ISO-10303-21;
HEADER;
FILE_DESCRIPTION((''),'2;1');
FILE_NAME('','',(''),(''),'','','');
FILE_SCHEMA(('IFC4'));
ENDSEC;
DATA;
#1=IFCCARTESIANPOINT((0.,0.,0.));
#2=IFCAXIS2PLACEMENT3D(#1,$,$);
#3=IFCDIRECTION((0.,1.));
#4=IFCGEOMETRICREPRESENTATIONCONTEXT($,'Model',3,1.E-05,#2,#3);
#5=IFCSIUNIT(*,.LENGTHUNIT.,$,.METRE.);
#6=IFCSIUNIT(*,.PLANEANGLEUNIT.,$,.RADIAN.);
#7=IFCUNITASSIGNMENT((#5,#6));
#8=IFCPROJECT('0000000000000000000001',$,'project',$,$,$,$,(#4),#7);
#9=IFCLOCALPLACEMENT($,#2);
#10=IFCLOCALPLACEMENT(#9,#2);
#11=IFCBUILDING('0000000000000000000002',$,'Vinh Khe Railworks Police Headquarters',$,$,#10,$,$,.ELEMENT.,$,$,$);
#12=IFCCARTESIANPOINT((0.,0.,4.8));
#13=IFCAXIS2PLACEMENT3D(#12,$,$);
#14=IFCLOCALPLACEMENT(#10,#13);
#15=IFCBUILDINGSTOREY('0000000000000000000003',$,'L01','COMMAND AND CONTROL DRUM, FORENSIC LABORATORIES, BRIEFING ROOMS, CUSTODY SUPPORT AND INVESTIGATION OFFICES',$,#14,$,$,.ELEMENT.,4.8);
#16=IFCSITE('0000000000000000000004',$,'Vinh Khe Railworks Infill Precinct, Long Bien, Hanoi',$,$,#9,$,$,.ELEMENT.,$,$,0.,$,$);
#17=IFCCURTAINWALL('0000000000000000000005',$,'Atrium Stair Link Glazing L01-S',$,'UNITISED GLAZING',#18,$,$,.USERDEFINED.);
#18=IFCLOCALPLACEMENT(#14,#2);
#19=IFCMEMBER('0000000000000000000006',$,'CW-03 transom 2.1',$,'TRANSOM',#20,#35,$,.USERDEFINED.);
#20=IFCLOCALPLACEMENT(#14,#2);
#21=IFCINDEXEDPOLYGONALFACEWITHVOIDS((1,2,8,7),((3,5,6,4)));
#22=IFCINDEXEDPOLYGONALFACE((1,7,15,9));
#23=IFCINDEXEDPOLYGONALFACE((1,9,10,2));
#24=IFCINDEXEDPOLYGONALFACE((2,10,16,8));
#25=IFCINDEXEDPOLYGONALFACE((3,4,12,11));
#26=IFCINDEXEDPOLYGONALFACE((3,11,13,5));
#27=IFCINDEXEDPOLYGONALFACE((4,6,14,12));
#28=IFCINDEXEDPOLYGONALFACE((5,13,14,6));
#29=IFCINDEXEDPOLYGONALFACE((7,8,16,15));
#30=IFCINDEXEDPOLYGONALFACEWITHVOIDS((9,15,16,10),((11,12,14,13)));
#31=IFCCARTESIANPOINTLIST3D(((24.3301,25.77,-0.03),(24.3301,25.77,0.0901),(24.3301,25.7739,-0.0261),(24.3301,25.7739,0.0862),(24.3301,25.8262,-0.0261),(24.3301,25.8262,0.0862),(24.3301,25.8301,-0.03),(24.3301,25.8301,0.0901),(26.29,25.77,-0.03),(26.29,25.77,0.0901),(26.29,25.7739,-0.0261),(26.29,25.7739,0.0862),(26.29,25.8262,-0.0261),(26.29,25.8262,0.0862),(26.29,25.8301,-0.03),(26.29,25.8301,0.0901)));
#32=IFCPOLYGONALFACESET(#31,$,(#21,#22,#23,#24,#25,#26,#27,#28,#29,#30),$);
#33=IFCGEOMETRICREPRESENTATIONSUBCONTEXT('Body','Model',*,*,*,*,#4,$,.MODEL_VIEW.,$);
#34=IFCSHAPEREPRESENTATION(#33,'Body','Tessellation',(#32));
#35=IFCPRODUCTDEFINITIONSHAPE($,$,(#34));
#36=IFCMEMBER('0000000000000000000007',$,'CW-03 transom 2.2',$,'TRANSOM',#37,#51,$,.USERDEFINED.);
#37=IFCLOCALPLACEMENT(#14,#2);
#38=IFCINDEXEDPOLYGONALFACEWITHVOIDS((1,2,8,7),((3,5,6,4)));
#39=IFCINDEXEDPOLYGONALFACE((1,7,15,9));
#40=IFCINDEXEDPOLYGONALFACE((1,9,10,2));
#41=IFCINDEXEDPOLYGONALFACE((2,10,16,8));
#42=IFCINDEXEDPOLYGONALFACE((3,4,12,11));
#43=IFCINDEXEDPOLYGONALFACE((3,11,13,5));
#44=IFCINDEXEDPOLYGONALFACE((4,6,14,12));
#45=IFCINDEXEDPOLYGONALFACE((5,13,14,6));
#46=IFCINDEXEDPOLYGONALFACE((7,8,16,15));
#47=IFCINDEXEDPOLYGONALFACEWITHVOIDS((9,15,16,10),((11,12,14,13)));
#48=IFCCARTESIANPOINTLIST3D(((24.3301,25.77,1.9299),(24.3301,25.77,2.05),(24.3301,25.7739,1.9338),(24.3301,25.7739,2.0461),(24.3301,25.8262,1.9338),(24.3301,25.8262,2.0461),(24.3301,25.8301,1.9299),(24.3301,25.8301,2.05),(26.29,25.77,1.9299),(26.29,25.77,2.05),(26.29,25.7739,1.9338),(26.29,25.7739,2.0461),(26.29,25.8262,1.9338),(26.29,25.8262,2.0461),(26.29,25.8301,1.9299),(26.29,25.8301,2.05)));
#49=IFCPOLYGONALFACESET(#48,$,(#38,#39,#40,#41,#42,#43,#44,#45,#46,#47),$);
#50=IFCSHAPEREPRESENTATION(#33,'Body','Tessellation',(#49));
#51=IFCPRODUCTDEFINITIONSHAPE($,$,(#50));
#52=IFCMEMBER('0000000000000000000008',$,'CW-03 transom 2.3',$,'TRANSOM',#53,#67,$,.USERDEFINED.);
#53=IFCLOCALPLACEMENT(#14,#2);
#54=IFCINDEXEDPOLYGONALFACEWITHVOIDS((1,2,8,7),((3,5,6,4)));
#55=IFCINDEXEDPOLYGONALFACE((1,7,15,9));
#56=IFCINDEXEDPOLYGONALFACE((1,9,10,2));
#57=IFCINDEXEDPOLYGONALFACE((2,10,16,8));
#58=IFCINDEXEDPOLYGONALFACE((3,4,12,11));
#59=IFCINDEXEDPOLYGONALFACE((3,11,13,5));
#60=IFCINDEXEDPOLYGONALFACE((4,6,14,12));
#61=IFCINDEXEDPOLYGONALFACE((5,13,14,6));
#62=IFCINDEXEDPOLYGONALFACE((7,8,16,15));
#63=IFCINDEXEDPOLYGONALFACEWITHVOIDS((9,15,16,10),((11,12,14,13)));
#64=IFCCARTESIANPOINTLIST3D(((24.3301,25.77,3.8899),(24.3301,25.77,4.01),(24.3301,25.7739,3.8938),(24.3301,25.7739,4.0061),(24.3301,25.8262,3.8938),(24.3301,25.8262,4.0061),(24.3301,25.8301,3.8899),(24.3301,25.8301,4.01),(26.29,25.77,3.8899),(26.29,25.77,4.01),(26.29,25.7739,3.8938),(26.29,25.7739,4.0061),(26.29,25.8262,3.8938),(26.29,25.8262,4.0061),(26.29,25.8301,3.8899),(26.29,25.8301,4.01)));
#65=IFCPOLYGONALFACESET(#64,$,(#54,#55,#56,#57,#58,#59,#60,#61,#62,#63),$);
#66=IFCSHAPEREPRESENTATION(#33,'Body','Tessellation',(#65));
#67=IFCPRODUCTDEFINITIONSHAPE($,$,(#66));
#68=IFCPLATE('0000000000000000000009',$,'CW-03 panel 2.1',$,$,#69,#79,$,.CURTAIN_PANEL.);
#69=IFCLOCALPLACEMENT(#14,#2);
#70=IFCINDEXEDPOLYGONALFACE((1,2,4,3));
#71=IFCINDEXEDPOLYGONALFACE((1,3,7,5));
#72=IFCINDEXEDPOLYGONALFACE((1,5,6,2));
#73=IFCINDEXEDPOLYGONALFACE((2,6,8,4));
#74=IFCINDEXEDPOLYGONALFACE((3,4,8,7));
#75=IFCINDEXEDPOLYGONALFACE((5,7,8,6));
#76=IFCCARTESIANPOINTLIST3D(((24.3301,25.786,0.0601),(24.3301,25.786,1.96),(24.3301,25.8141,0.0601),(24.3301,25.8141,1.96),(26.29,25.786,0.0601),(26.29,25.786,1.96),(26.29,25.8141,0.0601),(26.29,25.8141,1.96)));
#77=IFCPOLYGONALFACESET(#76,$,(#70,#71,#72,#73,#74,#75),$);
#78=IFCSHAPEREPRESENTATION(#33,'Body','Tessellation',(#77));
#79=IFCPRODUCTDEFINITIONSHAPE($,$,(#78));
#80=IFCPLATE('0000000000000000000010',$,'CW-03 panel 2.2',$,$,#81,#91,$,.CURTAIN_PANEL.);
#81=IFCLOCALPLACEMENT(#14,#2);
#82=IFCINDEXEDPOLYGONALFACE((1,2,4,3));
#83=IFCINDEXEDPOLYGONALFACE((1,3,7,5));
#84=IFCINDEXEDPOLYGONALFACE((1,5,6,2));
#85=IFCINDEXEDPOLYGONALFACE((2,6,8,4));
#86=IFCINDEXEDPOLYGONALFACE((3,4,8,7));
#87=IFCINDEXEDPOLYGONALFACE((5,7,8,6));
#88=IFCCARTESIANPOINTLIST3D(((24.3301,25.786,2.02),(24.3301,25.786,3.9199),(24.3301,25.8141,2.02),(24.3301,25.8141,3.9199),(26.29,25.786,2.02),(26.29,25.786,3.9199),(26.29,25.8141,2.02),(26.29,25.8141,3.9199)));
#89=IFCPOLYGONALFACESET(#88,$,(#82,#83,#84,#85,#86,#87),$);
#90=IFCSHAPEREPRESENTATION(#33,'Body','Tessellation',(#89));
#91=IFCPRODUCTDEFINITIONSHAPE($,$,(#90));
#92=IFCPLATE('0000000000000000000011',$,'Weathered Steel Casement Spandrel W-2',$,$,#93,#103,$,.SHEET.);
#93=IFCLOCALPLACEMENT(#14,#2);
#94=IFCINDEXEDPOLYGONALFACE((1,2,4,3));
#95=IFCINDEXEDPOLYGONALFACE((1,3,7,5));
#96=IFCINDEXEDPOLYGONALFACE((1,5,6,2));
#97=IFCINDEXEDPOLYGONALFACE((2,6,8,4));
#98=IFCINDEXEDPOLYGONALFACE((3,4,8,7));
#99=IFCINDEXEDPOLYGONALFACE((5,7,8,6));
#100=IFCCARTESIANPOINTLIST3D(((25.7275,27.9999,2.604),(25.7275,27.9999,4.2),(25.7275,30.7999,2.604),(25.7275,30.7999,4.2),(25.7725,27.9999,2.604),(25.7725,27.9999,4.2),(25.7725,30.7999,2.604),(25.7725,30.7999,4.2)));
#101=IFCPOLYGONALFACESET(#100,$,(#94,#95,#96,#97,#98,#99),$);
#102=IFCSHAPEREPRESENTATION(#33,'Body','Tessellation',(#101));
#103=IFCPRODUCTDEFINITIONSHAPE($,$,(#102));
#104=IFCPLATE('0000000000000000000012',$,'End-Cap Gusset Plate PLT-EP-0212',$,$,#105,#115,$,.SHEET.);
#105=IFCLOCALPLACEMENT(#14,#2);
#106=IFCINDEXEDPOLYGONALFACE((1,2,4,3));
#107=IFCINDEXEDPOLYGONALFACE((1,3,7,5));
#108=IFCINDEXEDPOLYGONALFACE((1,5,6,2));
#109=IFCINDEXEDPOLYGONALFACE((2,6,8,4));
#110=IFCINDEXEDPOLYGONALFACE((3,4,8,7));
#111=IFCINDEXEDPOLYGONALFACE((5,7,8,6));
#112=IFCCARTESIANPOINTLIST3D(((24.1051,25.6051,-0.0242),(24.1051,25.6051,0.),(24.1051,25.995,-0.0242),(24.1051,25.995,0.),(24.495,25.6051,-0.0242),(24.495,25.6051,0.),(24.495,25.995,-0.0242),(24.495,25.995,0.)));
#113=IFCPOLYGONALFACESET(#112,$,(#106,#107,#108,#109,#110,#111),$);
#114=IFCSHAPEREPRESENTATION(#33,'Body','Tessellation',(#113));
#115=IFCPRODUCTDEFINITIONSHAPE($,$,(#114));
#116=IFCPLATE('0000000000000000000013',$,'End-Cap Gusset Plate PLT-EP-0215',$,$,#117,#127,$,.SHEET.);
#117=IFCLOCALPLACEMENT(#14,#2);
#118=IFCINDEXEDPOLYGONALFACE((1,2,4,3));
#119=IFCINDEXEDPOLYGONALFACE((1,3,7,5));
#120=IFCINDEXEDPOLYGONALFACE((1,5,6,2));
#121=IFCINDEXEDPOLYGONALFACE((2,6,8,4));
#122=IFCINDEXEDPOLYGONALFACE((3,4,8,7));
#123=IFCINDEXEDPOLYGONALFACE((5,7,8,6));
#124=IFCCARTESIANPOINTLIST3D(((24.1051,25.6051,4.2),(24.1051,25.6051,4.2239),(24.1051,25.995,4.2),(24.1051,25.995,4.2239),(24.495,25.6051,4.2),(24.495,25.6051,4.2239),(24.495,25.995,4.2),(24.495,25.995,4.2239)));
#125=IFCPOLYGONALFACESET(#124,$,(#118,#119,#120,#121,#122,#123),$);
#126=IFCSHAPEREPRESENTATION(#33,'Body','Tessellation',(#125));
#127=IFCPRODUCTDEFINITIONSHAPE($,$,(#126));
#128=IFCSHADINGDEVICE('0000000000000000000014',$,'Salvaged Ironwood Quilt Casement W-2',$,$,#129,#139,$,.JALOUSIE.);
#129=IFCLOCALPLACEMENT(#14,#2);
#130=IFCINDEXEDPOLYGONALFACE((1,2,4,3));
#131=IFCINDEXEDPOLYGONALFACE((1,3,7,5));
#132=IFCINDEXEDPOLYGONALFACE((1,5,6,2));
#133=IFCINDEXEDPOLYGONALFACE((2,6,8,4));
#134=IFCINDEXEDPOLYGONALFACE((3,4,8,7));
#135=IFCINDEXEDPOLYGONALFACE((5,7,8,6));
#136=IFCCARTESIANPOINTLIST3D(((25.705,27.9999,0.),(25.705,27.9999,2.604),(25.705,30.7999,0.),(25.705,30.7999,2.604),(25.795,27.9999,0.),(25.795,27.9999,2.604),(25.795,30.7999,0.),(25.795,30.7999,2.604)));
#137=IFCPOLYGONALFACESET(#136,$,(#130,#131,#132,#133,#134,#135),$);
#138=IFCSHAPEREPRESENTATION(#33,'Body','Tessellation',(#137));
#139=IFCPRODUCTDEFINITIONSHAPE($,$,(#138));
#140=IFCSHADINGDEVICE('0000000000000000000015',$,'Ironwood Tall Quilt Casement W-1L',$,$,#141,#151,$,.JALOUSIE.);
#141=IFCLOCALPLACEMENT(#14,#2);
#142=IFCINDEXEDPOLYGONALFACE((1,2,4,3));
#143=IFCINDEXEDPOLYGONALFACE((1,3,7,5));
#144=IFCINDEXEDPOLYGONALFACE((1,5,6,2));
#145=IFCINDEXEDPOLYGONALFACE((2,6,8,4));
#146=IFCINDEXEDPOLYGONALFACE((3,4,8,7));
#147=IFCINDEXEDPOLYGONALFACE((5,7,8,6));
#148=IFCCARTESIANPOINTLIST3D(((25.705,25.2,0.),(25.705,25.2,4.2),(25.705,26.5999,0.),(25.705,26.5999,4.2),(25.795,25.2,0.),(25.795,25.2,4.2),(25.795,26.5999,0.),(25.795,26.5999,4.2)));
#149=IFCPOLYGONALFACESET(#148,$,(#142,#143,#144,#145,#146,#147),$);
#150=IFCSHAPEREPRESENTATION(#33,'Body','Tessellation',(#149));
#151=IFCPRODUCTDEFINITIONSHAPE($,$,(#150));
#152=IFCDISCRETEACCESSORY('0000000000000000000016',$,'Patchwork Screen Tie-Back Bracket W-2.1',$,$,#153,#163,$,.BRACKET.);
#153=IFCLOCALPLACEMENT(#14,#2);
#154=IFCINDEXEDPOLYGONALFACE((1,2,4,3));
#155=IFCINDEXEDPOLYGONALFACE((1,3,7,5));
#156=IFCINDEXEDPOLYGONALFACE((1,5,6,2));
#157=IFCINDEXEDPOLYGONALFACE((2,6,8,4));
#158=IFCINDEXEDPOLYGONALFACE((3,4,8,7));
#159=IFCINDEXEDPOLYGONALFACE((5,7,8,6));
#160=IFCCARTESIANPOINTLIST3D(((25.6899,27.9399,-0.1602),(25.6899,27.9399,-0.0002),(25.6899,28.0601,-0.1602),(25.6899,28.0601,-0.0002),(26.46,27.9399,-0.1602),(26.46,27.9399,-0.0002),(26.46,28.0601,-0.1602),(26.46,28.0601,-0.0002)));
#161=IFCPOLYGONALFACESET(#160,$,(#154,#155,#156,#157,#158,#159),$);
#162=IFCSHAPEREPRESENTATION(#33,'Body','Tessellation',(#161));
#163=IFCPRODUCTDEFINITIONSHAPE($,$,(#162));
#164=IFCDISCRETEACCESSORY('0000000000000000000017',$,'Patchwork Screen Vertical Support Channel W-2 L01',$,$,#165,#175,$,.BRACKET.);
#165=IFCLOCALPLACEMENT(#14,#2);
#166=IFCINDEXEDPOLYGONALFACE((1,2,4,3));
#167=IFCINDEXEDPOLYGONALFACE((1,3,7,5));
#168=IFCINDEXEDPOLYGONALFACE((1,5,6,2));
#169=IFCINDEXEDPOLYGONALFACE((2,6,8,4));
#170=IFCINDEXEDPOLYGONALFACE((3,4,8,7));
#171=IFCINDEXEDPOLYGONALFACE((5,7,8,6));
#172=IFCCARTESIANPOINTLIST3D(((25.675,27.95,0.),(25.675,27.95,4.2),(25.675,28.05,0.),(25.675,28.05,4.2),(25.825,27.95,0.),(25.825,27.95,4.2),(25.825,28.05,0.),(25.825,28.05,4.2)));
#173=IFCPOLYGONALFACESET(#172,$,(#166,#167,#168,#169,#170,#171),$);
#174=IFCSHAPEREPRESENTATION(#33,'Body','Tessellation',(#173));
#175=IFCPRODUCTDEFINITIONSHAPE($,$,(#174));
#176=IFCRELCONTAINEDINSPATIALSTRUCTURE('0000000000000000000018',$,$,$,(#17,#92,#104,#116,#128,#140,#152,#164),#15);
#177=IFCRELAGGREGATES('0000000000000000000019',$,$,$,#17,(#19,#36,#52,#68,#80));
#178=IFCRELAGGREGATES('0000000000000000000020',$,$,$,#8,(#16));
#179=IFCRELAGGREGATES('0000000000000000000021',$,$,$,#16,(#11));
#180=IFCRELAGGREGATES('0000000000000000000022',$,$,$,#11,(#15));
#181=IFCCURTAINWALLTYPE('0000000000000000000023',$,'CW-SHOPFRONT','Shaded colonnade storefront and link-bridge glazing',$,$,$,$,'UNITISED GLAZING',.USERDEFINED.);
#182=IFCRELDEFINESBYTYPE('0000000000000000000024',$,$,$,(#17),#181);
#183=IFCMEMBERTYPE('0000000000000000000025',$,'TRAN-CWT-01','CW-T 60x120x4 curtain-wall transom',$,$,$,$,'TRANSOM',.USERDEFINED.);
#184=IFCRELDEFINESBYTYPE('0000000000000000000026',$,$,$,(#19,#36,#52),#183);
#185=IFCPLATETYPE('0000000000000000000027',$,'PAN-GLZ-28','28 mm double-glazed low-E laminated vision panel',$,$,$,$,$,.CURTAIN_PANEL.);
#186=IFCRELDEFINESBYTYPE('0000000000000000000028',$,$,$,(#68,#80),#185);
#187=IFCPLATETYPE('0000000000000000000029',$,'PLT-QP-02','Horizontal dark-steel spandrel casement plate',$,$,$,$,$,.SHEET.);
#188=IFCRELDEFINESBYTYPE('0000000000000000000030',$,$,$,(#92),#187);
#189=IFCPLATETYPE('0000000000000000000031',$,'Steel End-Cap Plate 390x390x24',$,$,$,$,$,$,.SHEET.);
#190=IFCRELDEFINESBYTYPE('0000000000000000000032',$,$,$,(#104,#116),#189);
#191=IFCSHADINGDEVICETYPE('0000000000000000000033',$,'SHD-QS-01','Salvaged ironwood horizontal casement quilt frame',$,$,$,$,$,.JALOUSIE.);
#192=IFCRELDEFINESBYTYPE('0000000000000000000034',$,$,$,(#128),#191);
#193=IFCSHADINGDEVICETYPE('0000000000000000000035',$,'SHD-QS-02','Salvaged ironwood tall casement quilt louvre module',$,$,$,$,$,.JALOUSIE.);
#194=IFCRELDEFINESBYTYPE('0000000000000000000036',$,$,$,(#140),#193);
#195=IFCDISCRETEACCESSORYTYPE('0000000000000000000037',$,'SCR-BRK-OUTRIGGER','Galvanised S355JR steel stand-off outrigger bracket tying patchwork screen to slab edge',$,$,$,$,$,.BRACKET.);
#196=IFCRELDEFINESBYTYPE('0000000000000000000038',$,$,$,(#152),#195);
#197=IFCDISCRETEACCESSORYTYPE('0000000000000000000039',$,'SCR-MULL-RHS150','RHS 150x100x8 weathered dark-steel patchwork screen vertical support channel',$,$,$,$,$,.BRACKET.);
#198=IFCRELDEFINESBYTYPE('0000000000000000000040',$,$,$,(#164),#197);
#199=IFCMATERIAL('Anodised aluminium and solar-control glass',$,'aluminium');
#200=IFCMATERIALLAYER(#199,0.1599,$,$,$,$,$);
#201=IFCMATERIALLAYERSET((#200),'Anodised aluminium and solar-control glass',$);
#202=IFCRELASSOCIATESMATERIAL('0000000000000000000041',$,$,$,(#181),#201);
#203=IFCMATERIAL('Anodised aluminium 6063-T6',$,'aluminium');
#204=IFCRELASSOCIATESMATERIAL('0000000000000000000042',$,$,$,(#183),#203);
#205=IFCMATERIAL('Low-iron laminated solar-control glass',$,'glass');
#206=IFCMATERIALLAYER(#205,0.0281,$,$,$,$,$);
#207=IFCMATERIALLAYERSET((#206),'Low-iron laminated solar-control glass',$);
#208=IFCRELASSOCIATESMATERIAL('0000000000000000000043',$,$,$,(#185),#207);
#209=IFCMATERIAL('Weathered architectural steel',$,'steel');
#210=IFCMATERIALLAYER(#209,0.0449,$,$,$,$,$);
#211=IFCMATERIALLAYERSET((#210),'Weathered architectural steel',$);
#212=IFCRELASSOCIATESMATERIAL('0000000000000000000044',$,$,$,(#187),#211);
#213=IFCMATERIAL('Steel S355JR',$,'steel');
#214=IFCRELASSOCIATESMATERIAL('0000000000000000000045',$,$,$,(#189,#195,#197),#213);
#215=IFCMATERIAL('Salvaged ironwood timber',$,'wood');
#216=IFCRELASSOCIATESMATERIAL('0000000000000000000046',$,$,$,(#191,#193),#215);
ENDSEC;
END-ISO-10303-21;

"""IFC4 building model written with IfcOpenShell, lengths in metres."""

from ifc_helpers import new_model, si_unit, direction, frame, origin, origin_2d, place, context, subcontext, project, spatial, rectangle, hollow_rectangle, extrude, material, layer, layer_set, material_profile, profile_set, type_object, element, aggregate, save


model = new_model("IFC4")

# Units and contexts
model_context = context("Model", 3, precision=1e-05, world=origin(), true_north=direction((0.0, 1.0)))
body_context = subcontext(model_context, "Body", "Model", "MODEL_VIEW")
ifc_project = project(units=[si_unit("LENGTHUNIT", "METRE"), si_unit("PLANEANGLEUNIT", "RADIAN")], contexts=[model_context])

# Site, building, storey
site_placement = place(None, origin())
site = spatial("IfcSite", under=ifc_project, at=site_placement, Name="Vinh Khe Railworks Infill Precinct, Long Bien, Hanoi", CompositionType="ELEMENT", RefElevation=0.0)
building_placement = place(site_placement, origin())
building = spatial("IfcBuilding", under=site, at=building_placement, Name="Vinh Khe Railworks Police Headquarters", CompositionType="ELEMENT")
storey_placement = place(building_placement, frame((0.0, 0.0, 4.8)))
storey = spatial("IfcBuildingStorey", under=building, at=storey_placement, Name="L01", Description="COMMAND AND CONTROL DRUM, FORENSIC LABORATORIES, BRIEFING ROOMS, CUSTODY SUPPORT AND INVESTIGATION OFFICES", CompositionType="ELEMENT", Elevation=4.8)

# Shared definitions
ifc_material_1 = material(Name="Steel S355JR", Category="steel")

# Shared definitions
ifc_material_2 = material(Name="Salvaged ironwood timber", Category="wood")

# Curtain wall
ifc_material_3 = material(Name="Anodised aluminium and solar-control glass", Category="aluminium")
ifc_layer_1 = layer(ifc_material_3, 0.1599)
ifc_layer_set_1 = layer_set([ifc_layer_1], Name="Anodised aluminium and solar-control glass")
curtain_wall_type = type_object("IfcCurtainWallType", Name="CW-SHOPFRONT", Description="Shaded colonnade storefront and link-bridge glazing", ElementType="UNITISED GLAZING", PredefinedType="USERDEFINED", material=ifc_layer_set_1)
curtain_wall_placement = place(storey_placement, origin())
curtain_wall = element("IfcCurtainWall", 1, at=curtain_wall_placement, inside=storey, type_object=curtain_wall_type, Name="Atrium Stair Link Glazing L01-S", ObjectType="UNITISED GLAZING", PredefinedType="USERDEFINED")
ifc_material_4 = material(Name="Anodised aluminium 6063-T6", Category="aluminium")

# Members
ifc_material_profile_1 = material_profile(ifc_material_4, hollow_rectangle(XDim=0.0601, YDim=0.1201, WallThickness=0.0039, at=origin_2d()), Name="CW-T 60x120x4")
ifc_profile_set_1 = profile_set([ifc_material_profile_1], Name="Anodised aluminium 6063-T6")
member_type_1 = type_object("IfcMemberType", Name="TRAN-CWT-01", Description="CW-T 60x120x4 curtain-wall transom", ElementType="TRANSOM", PredefinedType="USERDEFINED", material=ifc_profile_set_1)
member_1_placement = place(storey_placement, frame((24.3301, 25.8, 0.03), z_axis=(1.0, 0.0, 0.0), x_axis=(0.0, 1.0, 0.0)))
member_1 = element("IfcMember", 2, at=member_1_placement, type_object=member_type_1, Name="CW-03 transom 2.1", ObjectType="TRANSOM", PredefinedType="USERDEFINED", context=body_context, shape_type="SweptSolid", body=[
    extrude(hollow_rectangle(XDim=0.0601, YDim=0.1201, WallThickness=0.0039, at=origin_2d()), origin(), (0.0, 0.0, 1.0), 1.96),
])
member_2_placement = place(storey_placement, frame((24.3301, 25.8, 1.99), z_axis=(1.0, 0.0, 0.0), x_axis=(0.0, 1.0, 0.0)))
member_2 = element("IfcMember", 3, at=member_2_placement, type_object=member_type_1, Name="CW-03 transom 2.2", ObjectType="TRANSOM", PredefinedType="USERDEFINED", context=body_context, shape_type="SweptSolid", body=[
    extrude(hollow_rectangle(XDim=0.0601, YDim=0.1201, WallThickness=0.0039, at=origin_2d()), origin(), (0.0, 0.0, 1.0), 1.96),
])
member_3_placement = place(storey_placement, frame((24.3301, 25.8, 3.95), z_axis=(1.0, 0.0, 0.0), x_axis=(0.0, 1.0, 0.0)))
member_3 = element("IfcMember", 4, at=member_3_placement, type_object=member_type_1, Name="CW-03 transom 2.3", ObjectType="TRANSOM", PredefinedType="USERDEFINED", context=body_context, shape_type="SweptSolid", body=[
    extrude(hollow_rectangle(XDim=0.0601, YDim=0.1201, WallThickness=0.0039, at=origin_2d()), origin(), (0.0, 0.0, 1.0), 1.96),
])

# Plates
ifc_material_5 = material(Name="Low-iron laminated solar-control glass", Category="glass")
ifc_layer_2 = layer(ifc_material_5, 0.0281)
ifc_layer_set_2 = layer_set([ifc_layer_2], Name="Low-iron laminated solar-control glass")
plate_type_1 = type_object("IfcPlateType", Name="PAN-GLZ-28", Description="28 mm double-glazed low-E laminated vision panel", PredefinedType="CURTAIN_PANEL", material=ifc_layer_set_2)
plate_1_placement = place(storey_placement, frame((25.3101, 25.8, 0.0601), z_axis=(0.0, 0.0, 1.0), x_axis=(1.0, 0.0, 0.0)))
plate_1 = element("IfcPlate", 5, at=plate_1_placement, type_object=plate_type_1, Name="CW-03 panel 2.1", PredefinedType="CURTAIN_PANEL", context=body_context, shape_type="SweptSolid", body=[
    extrude(rectangle(XDim=1.96, YDim=0.0281, at=origin_2d()), origin(), (0.0, 0.0, 1.0), 1.8999),
])
plate_2_placement = place(storey_placement, frame((25.3101, 25.8, 2.02), z_axis=(0.0, 0.0, 1.0), x_axis=(1.0, 0.0, 0.0)))
plate_2 = element("IfcPlate", 6, at=plate_2_placement, type_object=plate_type_1, Name="CW-03 panel 2.2", PredefinedType="CURTAIN_PANEL", context=body_context, shape_type="SweptSolid", body=[
    extrude(rectangle(XDim=1.96, YDim=0.0281, at=origin_2d()), origin(), (0.0, 0.0, 1.0), 1.8999),
])
aggregate(curtain_wall, [member_1, member_2, member_3, plate_1, plate_2])

# Plates
ifc_material_6 = material(Name="Weathered architectural steel", Category="steel")
ifc_layer_3 = layer(ifc_material_6, 0.0449)
ifc_layer_set_3 = layer_set([ifc_layer_3], Name="Weathered architectural steel")
plate_type_2 = type_object("IfcPlateType", Name="PLT-QP-02", Description="Horizontal dark-steel spandrel casement plate", PredefinedType="SHEET", material=ifc_layer_set_3)
plate_3_placement = place(storey_placement, frame((25.75, 29.3999, 2.604), z_axis=(0.0, 0.0, 1.0), x_axis=(0.0, 1.0, 0.0)))
element("IfcPlate", 7, at=plate_3_placement, inside=storey, type_object=plate_type_2, Name="Weathered Steel Casement Spandrel W-2", PredefinedType="SHEET", context=body_context, shape_type="SweptSolid", body=[
    extrude(rectangle(XDim=2.8, YDim=0.0449, at=origin_2d()), origin(), (0.0, 0.0, 1.0), 1.5959),
])
ifc_material_profile_2 = material_profile(ifc_material_1, rectangle(XDim=0.3899, YDim=0.3899, at=origin_2d()), Name="PL 390x390")
ifc_profile_set_2 = profile_set([ifc_material_profile_2], Name="Steel S355JR")
plate_type_3 = type_object("IfcPlateType", Name="Steel End-Cap Plate 390x390x24", PredefinedType="SHEET", material=ifc_profile_set_2)
plate_4_placement = place(storey_placement, frame((24.3, 25.8, 0.0), z_axis=(0.0, 0.0, -1.0), x_axis=(1.0, 0.0, 0.0)))
element("IfcPlate", 8, at=plate_4_placement, inside=storey, type_object=plate_type_3, Name="End-Cap Gusset Plate PLT-EP-0212", PredefinedType="SHEET", context=body_context, shape_type="SweptSolid", body=[
    extrude(rectangle(XDim=0.3899, YDim=0.3899, at=origin_2d()), origin(), (0.0, 0.0, 1.0), 0.0242),
])
plate_5_placement = place(storey_placement, frame((24.3, 25.8, 4.2), z_axis=(0.0, 0.0, 1.0), x_axis=(1.0, 0.0, 0.0)))
element("IfcPlate", 9, at=plate_5_placement, inside=storey, type_object=plate_type_3, Name="End-Cap Gusset Plate PLT-EP-0215", PredefinedType="SHEET", context=body_context, shape_type="SweptSolid", body=[
    extrude(rectangle(XDim=0.3899, YDim=0.3899, at=origin_2d()), origin(), (0.0, 0.0, 1.0), 0.0239),
])

# Shading devices
shading_device_type_1 = type_object("IfcShadingDeviceType", Name="SHD-QS-01", Description="Salvaged ironwood horizontal casement quilt frame", PredefinedType="JALOUSIE", material=ifc_material_2)
shading_device_1_placement = place(storey_placement, frame((25.75, 29.3999, 0.0), z_axis=(0.0, 0.0, 1.0), x_axis=(0.0, 1.0, 0.0)))
element("IfcShadingDevice", 10, at=shading_device_1_placement, inside=storey, type_object=shading_device_type_1, Name="Salvaged Ironwood Quilt Casement W-2", PredefinedType="JALOUSIE", context=body_context, shape_type="SweptSolid", body=[
    extrude(rectangle(XDim=2.8, YDim=0.0901, at=origin_2d()), origin(), (0.0, 0.0, 1.0), 2.604),
])
shading_device_type_2 = type_object("IfcShadingDeviceType", Name="SHD-QS-02", Description="Salvaged ironwood tall casement quilt louvre module", PredefinedType="JALOUSIE", material=ifc_material_2)
shading_device_2_placement = place(storey_placement, frame((25.75, 25.8999, 0.0), z_axis=(0.0, 0.0, 1.0), x_axis=(0.0, 1.0, 0.0)))
element("IfcShadingDevice", 11, at=shading_device_2_placement, inside=storey, type_object=shading_device_type_2, Name="Ironwood Tall Quilt Casement W-1L", PredefinedType="JALOUSIE", context=body_context, shape_type="SweptSolid", body=[
    extrude(rectangle(XDim=1.3999, YDim=0.0901, at=origin_2d()), origin(), (0.0, 0.0, 1.0), 4.2),
])

# Discrete accessories
discrete_accessory_type_1 = type_object("IfcDiscreteAccessoryType", Name="SCR-BRK-OUTRIGGER", Description="Galvanised S355JR steel stand-off outrigger bracket tying patchwork screen to slab edge", PredefinedType="BRACKET", material=ifc_material_1)
discrete_accessory_1_placement = place(storey_placement, frame((26.075, 28.0, -0.1602), z_axis=(0.0, 0.0, 1.0), x_axis=(1.0, 0.0, 0.0)))
element("IfcDiscreteAccessory", 12, at=discrete_accessory_1_placement, inside=storey, type_object=discrete_accessory_type_1, Name="Patchwork Screen Tie-Back Bracket W-2.1", PredefinedType="BRACKET", context=body_context, shape_type="SweptSolid", body=[
    extrude(rectangle(XDim=0.77, YDim=0.1201, at=origin_2d()), origin(), (0.0, 0.0, 1.0), 0.1599),
])
discrete_accessory_type_2 = type_object("IfcDiscreteAccessoryType", Name="SCR-MULL-RHS150", Description="RHS 150x100x8 weathered dark-steel patchwork screen vertical support channel", PredefinedType="BRACKET", material=ifc_material_1)
discrete_accessory_2_placement = place(storey_placement, frame((25.75, 28.0, 0.0), z_axis=(0.0, 0.0, 1.0), x_axis=(1.0, 0.0, 0.0)))
element("IfcDiscreteAccessory", 13, at=discrete_accessory_2_placement, inside=storey, type_object=discrete_accessory_type_2, Name="Patchwork Screen Vertical Support Channel W-2 L01", PredefinedType="BRACKET", context=body_context, shape_type="SweptSolid", body=[
    extrude(rectangle(XDim=0.1499, YDim=0.1001, at=origin_2d()), origin(), (0.0, 0.0, 1.0), 4.2),
])

save(model, "model.ifc")
